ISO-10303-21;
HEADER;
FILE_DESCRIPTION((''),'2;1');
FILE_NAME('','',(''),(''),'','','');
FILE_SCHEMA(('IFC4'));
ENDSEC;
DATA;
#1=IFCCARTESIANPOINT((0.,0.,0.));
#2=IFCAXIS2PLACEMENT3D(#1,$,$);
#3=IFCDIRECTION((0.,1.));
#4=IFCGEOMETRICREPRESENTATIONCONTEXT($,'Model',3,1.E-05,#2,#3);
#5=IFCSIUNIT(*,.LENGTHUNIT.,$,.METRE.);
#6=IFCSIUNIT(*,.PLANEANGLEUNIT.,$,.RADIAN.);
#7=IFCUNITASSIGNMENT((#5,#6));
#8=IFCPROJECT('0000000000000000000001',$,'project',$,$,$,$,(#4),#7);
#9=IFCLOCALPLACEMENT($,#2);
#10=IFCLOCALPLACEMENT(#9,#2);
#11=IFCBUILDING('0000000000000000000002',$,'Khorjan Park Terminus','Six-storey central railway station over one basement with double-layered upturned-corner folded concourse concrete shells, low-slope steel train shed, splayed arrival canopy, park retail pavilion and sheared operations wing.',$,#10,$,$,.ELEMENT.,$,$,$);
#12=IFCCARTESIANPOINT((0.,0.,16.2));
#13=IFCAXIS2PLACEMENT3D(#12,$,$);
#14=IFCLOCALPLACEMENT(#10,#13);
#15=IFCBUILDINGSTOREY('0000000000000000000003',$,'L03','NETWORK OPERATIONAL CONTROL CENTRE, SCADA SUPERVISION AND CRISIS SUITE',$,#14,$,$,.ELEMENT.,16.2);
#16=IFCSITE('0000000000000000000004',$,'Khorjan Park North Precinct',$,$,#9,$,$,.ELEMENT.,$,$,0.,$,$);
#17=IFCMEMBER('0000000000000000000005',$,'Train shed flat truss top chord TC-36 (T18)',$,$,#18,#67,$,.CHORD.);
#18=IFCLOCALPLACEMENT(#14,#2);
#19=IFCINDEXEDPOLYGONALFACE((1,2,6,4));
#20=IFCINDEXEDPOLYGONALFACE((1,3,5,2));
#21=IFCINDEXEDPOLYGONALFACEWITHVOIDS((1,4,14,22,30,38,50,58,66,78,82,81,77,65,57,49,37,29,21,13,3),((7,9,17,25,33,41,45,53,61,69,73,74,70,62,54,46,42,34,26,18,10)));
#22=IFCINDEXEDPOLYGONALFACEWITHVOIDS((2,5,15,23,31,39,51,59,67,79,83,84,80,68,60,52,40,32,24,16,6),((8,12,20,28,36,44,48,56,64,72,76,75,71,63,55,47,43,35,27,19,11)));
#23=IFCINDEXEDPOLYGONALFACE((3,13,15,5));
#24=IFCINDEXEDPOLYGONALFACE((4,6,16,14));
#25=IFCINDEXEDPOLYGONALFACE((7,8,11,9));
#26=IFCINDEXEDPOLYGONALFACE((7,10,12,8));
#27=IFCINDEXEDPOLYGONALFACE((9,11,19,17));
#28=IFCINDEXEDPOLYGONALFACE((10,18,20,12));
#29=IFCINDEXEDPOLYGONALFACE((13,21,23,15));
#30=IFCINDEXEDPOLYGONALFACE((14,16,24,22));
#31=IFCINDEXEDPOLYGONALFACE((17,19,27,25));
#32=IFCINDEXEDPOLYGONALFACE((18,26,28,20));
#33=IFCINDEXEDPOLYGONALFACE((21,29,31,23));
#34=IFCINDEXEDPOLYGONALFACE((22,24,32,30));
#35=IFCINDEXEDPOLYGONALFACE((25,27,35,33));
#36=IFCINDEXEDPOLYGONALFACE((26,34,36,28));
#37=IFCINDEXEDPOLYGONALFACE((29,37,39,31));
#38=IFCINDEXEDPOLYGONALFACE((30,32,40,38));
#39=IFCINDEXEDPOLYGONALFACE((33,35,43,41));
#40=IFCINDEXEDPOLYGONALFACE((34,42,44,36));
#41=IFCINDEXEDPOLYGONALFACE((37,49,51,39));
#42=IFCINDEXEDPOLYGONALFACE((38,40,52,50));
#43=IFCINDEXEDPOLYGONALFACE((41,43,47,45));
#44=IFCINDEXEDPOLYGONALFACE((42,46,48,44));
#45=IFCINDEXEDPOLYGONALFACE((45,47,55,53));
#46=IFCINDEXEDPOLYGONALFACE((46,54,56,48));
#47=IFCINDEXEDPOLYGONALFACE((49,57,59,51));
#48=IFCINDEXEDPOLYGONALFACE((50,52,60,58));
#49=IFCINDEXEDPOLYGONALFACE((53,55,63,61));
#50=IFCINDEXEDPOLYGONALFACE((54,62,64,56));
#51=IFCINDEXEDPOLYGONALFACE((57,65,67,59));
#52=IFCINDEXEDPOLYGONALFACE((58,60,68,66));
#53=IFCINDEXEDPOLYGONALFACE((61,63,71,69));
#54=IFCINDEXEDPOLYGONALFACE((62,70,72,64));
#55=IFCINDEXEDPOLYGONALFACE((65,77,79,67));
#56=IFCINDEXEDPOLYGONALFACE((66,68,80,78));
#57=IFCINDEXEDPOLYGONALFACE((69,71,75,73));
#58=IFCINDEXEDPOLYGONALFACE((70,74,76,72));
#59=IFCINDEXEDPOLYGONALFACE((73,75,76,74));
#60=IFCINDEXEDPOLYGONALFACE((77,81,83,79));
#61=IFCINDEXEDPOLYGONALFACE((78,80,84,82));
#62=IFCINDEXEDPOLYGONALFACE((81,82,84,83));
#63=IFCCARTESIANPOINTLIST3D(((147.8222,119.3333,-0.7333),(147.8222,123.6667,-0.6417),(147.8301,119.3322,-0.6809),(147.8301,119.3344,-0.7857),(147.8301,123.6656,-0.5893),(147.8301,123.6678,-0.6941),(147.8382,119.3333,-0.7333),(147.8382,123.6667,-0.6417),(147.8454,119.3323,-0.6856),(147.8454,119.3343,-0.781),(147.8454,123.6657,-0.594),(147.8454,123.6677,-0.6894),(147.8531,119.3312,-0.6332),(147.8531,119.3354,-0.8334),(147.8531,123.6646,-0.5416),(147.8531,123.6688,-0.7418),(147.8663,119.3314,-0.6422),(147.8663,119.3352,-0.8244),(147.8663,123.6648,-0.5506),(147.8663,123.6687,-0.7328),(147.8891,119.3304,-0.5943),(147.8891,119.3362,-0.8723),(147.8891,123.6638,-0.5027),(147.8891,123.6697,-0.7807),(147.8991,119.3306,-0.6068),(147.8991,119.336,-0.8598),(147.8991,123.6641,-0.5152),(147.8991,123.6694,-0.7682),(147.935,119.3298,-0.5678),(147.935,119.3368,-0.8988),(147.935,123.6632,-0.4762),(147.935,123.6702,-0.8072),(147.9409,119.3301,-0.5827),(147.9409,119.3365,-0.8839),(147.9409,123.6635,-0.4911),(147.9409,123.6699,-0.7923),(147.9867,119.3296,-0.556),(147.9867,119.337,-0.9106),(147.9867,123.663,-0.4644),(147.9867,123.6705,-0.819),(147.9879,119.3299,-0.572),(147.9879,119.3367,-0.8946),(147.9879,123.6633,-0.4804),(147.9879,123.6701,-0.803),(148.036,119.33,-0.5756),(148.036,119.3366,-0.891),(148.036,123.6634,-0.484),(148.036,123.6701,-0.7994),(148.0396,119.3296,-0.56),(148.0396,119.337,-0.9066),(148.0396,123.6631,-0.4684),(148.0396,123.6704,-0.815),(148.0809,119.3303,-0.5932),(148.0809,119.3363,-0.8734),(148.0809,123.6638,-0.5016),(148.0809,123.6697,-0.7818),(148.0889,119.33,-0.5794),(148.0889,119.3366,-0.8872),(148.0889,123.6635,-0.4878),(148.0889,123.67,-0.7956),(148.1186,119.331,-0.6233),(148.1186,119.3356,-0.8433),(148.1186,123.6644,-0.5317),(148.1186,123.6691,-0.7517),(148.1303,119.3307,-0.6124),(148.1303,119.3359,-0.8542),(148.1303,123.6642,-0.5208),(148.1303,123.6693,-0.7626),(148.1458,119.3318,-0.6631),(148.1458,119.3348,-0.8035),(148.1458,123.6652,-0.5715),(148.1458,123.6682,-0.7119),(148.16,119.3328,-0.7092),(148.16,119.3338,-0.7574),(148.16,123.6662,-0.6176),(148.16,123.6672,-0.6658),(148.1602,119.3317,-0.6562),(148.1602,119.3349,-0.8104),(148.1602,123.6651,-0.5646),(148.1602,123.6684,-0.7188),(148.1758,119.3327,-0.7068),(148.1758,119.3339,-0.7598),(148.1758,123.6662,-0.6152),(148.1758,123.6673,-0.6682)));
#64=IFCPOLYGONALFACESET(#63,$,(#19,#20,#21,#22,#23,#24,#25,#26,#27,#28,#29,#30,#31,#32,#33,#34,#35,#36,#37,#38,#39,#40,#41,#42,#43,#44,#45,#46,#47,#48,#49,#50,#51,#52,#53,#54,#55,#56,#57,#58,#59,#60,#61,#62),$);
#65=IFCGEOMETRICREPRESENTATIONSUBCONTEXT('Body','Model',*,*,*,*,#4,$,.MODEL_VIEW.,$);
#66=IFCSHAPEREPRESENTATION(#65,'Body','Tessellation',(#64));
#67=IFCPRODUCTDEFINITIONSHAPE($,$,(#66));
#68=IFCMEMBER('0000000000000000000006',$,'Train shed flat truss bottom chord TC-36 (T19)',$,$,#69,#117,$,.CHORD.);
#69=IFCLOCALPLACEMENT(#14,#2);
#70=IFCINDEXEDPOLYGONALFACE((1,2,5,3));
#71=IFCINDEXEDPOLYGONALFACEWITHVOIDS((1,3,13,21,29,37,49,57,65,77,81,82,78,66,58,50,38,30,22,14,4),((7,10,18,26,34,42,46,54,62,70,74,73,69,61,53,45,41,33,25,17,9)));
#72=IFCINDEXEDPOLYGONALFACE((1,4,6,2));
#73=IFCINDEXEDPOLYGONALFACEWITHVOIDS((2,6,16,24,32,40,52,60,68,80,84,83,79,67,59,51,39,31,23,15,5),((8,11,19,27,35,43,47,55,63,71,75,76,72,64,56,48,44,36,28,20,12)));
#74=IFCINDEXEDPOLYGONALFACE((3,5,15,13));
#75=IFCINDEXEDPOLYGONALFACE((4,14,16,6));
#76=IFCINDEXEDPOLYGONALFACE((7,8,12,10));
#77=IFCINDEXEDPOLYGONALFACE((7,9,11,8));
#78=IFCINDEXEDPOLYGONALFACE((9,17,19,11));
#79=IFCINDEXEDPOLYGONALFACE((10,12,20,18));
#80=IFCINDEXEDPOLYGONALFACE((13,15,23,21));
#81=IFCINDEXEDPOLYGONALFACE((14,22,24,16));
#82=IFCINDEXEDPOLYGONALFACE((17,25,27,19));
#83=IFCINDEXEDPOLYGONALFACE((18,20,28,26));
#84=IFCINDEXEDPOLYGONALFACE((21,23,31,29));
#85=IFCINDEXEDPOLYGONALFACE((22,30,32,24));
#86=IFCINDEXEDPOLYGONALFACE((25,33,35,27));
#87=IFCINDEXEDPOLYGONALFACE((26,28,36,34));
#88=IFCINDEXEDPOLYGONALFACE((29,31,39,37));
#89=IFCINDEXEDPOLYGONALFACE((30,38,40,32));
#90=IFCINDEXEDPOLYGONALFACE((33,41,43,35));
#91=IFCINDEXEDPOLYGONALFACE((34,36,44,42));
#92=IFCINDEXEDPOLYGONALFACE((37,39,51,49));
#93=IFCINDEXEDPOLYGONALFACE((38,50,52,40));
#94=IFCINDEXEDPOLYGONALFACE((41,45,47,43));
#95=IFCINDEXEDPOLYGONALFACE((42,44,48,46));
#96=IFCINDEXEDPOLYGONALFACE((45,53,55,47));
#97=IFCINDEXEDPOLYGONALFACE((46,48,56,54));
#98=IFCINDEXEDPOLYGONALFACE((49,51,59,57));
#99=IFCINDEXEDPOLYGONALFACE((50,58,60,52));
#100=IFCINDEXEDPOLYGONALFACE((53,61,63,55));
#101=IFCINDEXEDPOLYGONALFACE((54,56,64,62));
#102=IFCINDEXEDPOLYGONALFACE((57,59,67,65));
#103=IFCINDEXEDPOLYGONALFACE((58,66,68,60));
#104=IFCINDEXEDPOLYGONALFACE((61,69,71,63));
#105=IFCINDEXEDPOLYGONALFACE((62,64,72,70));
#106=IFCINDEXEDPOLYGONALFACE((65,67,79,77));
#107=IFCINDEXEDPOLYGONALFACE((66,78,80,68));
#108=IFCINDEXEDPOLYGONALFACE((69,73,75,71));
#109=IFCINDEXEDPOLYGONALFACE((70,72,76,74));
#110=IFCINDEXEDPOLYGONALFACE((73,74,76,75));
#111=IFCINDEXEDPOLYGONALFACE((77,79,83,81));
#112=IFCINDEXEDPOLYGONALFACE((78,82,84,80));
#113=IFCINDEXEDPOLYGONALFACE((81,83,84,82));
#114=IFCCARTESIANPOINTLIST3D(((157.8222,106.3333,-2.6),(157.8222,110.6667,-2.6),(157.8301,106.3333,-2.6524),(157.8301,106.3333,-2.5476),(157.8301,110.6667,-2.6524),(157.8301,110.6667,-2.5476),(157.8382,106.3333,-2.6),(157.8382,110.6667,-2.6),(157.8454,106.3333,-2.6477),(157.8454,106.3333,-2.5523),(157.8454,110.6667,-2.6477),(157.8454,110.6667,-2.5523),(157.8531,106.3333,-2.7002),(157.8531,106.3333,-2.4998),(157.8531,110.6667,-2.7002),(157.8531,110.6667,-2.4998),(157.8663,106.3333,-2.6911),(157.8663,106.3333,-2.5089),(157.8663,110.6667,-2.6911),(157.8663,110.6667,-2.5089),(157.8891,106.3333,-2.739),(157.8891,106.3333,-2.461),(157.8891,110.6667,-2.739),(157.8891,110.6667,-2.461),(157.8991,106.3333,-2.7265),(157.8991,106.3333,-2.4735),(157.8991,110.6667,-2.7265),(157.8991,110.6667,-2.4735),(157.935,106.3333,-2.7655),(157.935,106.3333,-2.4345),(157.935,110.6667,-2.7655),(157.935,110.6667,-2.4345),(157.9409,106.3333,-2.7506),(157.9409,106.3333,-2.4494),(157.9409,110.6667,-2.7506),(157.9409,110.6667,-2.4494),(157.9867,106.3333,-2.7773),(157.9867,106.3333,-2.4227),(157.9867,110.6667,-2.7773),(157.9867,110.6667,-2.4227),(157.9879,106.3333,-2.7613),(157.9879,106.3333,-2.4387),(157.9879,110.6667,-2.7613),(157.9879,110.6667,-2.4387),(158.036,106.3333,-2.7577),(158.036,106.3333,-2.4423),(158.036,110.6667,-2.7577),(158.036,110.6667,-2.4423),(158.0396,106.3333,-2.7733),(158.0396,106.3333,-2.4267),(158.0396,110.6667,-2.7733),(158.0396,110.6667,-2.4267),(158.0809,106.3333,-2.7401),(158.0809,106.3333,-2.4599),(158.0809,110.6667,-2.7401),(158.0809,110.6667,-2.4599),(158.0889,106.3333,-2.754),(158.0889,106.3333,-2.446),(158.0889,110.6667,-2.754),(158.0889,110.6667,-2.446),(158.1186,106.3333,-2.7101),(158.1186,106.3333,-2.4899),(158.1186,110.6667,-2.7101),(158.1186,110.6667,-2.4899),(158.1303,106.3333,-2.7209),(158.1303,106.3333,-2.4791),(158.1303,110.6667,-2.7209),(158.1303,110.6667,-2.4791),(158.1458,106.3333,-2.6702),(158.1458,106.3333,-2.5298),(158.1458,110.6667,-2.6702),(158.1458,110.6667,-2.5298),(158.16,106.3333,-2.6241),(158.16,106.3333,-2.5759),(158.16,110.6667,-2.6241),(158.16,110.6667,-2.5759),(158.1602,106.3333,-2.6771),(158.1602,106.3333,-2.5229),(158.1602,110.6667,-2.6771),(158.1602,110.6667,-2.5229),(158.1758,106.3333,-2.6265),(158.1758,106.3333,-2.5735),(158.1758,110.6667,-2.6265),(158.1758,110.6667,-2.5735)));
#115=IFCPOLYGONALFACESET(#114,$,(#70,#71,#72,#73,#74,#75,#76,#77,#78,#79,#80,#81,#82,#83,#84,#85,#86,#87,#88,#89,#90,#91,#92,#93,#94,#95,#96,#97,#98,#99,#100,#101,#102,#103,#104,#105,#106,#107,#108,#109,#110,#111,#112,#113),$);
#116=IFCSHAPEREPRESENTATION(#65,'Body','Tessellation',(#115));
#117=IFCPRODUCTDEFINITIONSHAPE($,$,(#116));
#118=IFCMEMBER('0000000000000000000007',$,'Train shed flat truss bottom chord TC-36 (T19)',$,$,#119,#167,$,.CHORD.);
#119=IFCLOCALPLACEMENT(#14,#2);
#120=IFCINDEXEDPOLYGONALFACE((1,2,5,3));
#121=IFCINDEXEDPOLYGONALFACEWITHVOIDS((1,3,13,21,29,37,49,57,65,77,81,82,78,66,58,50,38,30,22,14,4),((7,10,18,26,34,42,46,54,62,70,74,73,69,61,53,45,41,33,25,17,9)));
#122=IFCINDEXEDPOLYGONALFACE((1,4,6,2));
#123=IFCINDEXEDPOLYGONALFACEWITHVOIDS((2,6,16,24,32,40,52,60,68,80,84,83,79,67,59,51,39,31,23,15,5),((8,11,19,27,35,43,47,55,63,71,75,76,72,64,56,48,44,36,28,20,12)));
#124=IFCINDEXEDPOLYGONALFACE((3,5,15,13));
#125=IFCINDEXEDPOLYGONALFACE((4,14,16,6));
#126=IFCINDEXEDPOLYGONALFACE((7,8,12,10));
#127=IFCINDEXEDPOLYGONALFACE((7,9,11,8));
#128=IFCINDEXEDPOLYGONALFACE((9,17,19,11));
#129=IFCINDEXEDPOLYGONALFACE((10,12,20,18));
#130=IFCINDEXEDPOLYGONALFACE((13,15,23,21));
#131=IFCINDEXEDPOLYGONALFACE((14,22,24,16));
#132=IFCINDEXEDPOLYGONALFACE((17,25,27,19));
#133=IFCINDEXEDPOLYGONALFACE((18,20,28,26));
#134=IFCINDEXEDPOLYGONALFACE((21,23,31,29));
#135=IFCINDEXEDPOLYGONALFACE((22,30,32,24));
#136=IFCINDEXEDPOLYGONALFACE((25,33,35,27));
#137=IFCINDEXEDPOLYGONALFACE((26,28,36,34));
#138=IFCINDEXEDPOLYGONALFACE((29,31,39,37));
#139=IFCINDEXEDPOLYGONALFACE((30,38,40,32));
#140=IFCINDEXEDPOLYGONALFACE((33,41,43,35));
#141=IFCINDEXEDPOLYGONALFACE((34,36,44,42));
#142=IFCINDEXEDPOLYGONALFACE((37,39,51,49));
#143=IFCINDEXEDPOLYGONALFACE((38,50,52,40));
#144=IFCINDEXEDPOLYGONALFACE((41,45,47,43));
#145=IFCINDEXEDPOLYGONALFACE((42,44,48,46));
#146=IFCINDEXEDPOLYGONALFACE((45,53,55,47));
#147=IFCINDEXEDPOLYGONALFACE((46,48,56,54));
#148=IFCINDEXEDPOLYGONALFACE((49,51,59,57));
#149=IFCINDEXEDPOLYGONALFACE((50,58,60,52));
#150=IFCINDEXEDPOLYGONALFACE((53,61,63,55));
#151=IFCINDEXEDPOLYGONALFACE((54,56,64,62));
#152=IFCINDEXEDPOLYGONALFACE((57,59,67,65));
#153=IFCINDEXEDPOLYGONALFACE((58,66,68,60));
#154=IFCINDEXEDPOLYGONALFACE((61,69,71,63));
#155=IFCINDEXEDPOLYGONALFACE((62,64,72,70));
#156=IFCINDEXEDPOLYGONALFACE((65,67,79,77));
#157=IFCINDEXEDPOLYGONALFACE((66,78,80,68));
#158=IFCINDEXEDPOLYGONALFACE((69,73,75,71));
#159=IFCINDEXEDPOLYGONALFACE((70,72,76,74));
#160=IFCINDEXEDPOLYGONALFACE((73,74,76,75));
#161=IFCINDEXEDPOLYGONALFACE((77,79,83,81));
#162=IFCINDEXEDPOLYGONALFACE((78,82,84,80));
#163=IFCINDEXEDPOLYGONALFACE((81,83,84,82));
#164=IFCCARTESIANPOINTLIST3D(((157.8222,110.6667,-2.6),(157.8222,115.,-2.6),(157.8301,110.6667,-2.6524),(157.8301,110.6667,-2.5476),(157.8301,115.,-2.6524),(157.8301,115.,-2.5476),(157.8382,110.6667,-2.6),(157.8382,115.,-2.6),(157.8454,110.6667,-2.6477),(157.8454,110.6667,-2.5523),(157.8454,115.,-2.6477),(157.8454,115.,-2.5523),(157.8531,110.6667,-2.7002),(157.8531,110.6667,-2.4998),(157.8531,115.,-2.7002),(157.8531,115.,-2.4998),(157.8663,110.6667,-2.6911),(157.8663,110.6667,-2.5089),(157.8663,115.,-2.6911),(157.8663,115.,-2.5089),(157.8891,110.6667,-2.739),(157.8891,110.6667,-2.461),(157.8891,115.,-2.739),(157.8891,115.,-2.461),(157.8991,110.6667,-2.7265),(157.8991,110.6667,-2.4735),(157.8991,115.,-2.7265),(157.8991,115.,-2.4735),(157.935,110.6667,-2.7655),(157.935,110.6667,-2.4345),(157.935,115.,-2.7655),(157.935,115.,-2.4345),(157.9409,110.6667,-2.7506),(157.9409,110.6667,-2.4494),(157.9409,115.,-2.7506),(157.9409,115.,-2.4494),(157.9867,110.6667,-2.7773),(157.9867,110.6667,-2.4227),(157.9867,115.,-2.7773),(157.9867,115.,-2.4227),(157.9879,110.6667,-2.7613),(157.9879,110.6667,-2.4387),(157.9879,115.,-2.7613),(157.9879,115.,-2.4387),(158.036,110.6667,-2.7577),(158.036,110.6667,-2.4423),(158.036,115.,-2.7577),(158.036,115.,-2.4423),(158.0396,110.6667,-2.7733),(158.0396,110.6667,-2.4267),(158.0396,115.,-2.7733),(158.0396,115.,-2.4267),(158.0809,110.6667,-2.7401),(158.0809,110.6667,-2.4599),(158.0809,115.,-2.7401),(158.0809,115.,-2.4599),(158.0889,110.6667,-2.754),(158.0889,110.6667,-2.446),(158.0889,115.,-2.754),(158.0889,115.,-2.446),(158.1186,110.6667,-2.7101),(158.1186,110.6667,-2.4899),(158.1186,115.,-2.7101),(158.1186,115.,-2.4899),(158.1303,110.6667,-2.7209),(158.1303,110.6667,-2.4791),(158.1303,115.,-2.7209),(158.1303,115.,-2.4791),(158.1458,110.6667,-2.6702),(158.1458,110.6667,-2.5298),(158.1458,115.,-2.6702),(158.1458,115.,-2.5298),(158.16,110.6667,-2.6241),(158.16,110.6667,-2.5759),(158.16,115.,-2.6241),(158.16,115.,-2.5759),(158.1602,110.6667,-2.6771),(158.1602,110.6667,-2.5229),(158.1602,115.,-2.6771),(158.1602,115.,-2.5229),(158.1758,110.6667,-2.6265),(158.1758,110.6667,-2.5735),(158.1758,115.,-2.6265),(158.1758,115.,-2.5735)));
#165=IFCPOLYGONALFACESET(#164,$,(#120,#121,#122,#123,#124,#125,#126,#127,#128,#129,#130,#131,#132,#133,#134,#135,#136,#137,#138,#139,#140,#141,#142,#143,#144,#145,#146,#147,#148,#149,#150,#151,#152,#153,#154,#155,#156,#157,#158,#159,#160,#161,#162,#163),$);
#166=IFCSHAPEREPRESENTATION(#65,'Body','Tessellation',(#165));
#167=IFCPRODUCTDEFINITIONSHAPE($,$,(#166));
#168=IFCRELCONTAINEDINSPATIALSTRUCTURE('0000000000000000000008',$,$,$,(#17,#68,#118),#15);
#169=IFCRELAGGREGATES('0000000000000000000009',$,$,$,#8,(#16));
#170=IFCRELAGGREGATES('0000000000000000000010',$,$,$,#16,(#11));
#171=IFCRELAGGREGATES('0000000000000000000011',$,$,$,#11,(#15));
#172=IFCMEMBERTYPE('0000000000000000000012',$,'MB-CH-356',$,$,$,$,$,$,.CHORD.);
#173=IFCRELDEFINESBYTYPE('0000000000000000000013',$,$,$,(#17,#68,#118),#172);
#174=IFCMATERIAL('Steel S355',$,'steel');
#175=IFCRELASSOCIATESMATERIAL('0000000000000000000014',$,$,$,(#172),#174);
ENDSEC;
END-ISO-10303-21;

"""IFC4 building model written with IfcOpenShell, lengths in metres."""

from ifc_helpers import new_model, si_unit, direction, frame, origin, origin_2d, place, context, subcontext, project, spatial, hollow_circle, extrude, material, material_profile, profile_set, type_object, element, save


model = new_model("IFC4")

# Units and contexts
model_context = context("Model", 3, precision=1e-05, world=origin(), true_north=direction((0.0, 1.0)))
body_context = subcontext(model_context, "Body", "Model", "MODEL_VIEW")
ifc_project = project(units=[si_unit("LENGTHUNIT", "METRE"), si_unit("PLANEANGLEUNIT", "RADIAN")], contexts=[model_context])

# Site, building, storey
site_placement = place(None, origin())
site = spatial("IfcSite", under=ifc_project, at=site_placement, Name="Khorjan Park North Precinct", CompositionType="ELEMENT", RefElevation=0.0)
building_placement = place(site_placement, origin())
building = spatial("IfcBuilding", under=site, at=building_placement, Name="Khorjan Park Terminus", Description="Six-storey central railway station over one basement with double-layered upturned-corner folded concourse concrete shells, low-slope steel train shed, splayed arrival canopy, park retail pavilion and sheared operations wing.", CompositionType="ELEMENT")
storey_placement = place(building_placement, frame((0.0, 0.0, 16.2)))
storey = spatial("IfcBuildingStorey", under=building, at=storey_placement, Name="L03", Description="NETWORK OPERATIONAL CONTROL CENTRE, SCADA SUPERVISION AND CRISIS SUITE", CompositionType="ELEMENT", Elevation=16.2)

# Members
ifc_material = material(Name="Steel S355", Category="steel")
ifc_material_profile_1 = material_profile(ifc_material, hollow_circle(Radius=0.1778, WallThickness=0.016, at=origin_2d()), Name="CHS 355.6x16")
ifc_profile_set_1 = profile_set([ifc_material_profile_1], Name="Steel S355")
member_type_1 = type_object("IfcMemberType", Name="MB-CH-356", PredefinedType="CHORD", material=ifc_profile_set_1)
member_1_placement = place(storey_placement, frame((148.0, 119.3333, -0.7333), z_axis=(0.0, 0.999777, 0.021133), x_axis=(-1.0, 0.0, 0.0)))
element("IfcMember", 1, at=member_1_placement, inside=storey, type_object=member_type_1, Name="Train shed flat truss top chord TC-36 (T18)", PredefinedType="CHORD", context=body_context, shape_type="SweptSolid", body=[
    extrude(hollow_circle(Radius=0.1778, WallThickness=0.016, at=origin_2d()), origin(), (0.0, 0.0, 1.0), 4.3344),
])
member_2_placement = place(storey_placement, frame((158.0, 106.3333, -2.6), z_axis=(0.0, 1.0, 0.0), x_axis=(-1.0, 0.0, 0.0)))
element("IfcMember", 2, at=member_2_placement, inside=storey, type_object=member_type_1, Name="Train shed flat truss bottom chord TC-36 (T19)", PredefinedType="CHORD", context=body_context, shape_type="SweptSolid", body=[
    extrude(hollow_circle(Radius=0.1778, WallThickness=0.016, at=origin_2d()), origin(), (0.0, 0.0, 1.0), 4.3334),
])
for number, where, z_axis, x_axis, name in (
    (3, (158.0, 110.6667, -2.6), (0.0, 1.0, 0.0), (-1.0, 0.0, 0.0), "Train shed flat truss bottom chord TC-36 (T19)"),
):
    element("IfcMember", number, at=place(storey_placement, frame(where, z_axis=z_axis, x_axis=x_axis)), inside=storey, type_object=member_type_1, Name=name, PredefinedType="CHORD", context=body_context, shape_type="SweptSolid", body=[
        extrude(hollow_circle(Radius=0.1778, WallThickness=0.016, at=origin_2d()), origin(), (0.0, 0.0, 1.0), 4.3333),
    ])

save(model, "model.ifc")
